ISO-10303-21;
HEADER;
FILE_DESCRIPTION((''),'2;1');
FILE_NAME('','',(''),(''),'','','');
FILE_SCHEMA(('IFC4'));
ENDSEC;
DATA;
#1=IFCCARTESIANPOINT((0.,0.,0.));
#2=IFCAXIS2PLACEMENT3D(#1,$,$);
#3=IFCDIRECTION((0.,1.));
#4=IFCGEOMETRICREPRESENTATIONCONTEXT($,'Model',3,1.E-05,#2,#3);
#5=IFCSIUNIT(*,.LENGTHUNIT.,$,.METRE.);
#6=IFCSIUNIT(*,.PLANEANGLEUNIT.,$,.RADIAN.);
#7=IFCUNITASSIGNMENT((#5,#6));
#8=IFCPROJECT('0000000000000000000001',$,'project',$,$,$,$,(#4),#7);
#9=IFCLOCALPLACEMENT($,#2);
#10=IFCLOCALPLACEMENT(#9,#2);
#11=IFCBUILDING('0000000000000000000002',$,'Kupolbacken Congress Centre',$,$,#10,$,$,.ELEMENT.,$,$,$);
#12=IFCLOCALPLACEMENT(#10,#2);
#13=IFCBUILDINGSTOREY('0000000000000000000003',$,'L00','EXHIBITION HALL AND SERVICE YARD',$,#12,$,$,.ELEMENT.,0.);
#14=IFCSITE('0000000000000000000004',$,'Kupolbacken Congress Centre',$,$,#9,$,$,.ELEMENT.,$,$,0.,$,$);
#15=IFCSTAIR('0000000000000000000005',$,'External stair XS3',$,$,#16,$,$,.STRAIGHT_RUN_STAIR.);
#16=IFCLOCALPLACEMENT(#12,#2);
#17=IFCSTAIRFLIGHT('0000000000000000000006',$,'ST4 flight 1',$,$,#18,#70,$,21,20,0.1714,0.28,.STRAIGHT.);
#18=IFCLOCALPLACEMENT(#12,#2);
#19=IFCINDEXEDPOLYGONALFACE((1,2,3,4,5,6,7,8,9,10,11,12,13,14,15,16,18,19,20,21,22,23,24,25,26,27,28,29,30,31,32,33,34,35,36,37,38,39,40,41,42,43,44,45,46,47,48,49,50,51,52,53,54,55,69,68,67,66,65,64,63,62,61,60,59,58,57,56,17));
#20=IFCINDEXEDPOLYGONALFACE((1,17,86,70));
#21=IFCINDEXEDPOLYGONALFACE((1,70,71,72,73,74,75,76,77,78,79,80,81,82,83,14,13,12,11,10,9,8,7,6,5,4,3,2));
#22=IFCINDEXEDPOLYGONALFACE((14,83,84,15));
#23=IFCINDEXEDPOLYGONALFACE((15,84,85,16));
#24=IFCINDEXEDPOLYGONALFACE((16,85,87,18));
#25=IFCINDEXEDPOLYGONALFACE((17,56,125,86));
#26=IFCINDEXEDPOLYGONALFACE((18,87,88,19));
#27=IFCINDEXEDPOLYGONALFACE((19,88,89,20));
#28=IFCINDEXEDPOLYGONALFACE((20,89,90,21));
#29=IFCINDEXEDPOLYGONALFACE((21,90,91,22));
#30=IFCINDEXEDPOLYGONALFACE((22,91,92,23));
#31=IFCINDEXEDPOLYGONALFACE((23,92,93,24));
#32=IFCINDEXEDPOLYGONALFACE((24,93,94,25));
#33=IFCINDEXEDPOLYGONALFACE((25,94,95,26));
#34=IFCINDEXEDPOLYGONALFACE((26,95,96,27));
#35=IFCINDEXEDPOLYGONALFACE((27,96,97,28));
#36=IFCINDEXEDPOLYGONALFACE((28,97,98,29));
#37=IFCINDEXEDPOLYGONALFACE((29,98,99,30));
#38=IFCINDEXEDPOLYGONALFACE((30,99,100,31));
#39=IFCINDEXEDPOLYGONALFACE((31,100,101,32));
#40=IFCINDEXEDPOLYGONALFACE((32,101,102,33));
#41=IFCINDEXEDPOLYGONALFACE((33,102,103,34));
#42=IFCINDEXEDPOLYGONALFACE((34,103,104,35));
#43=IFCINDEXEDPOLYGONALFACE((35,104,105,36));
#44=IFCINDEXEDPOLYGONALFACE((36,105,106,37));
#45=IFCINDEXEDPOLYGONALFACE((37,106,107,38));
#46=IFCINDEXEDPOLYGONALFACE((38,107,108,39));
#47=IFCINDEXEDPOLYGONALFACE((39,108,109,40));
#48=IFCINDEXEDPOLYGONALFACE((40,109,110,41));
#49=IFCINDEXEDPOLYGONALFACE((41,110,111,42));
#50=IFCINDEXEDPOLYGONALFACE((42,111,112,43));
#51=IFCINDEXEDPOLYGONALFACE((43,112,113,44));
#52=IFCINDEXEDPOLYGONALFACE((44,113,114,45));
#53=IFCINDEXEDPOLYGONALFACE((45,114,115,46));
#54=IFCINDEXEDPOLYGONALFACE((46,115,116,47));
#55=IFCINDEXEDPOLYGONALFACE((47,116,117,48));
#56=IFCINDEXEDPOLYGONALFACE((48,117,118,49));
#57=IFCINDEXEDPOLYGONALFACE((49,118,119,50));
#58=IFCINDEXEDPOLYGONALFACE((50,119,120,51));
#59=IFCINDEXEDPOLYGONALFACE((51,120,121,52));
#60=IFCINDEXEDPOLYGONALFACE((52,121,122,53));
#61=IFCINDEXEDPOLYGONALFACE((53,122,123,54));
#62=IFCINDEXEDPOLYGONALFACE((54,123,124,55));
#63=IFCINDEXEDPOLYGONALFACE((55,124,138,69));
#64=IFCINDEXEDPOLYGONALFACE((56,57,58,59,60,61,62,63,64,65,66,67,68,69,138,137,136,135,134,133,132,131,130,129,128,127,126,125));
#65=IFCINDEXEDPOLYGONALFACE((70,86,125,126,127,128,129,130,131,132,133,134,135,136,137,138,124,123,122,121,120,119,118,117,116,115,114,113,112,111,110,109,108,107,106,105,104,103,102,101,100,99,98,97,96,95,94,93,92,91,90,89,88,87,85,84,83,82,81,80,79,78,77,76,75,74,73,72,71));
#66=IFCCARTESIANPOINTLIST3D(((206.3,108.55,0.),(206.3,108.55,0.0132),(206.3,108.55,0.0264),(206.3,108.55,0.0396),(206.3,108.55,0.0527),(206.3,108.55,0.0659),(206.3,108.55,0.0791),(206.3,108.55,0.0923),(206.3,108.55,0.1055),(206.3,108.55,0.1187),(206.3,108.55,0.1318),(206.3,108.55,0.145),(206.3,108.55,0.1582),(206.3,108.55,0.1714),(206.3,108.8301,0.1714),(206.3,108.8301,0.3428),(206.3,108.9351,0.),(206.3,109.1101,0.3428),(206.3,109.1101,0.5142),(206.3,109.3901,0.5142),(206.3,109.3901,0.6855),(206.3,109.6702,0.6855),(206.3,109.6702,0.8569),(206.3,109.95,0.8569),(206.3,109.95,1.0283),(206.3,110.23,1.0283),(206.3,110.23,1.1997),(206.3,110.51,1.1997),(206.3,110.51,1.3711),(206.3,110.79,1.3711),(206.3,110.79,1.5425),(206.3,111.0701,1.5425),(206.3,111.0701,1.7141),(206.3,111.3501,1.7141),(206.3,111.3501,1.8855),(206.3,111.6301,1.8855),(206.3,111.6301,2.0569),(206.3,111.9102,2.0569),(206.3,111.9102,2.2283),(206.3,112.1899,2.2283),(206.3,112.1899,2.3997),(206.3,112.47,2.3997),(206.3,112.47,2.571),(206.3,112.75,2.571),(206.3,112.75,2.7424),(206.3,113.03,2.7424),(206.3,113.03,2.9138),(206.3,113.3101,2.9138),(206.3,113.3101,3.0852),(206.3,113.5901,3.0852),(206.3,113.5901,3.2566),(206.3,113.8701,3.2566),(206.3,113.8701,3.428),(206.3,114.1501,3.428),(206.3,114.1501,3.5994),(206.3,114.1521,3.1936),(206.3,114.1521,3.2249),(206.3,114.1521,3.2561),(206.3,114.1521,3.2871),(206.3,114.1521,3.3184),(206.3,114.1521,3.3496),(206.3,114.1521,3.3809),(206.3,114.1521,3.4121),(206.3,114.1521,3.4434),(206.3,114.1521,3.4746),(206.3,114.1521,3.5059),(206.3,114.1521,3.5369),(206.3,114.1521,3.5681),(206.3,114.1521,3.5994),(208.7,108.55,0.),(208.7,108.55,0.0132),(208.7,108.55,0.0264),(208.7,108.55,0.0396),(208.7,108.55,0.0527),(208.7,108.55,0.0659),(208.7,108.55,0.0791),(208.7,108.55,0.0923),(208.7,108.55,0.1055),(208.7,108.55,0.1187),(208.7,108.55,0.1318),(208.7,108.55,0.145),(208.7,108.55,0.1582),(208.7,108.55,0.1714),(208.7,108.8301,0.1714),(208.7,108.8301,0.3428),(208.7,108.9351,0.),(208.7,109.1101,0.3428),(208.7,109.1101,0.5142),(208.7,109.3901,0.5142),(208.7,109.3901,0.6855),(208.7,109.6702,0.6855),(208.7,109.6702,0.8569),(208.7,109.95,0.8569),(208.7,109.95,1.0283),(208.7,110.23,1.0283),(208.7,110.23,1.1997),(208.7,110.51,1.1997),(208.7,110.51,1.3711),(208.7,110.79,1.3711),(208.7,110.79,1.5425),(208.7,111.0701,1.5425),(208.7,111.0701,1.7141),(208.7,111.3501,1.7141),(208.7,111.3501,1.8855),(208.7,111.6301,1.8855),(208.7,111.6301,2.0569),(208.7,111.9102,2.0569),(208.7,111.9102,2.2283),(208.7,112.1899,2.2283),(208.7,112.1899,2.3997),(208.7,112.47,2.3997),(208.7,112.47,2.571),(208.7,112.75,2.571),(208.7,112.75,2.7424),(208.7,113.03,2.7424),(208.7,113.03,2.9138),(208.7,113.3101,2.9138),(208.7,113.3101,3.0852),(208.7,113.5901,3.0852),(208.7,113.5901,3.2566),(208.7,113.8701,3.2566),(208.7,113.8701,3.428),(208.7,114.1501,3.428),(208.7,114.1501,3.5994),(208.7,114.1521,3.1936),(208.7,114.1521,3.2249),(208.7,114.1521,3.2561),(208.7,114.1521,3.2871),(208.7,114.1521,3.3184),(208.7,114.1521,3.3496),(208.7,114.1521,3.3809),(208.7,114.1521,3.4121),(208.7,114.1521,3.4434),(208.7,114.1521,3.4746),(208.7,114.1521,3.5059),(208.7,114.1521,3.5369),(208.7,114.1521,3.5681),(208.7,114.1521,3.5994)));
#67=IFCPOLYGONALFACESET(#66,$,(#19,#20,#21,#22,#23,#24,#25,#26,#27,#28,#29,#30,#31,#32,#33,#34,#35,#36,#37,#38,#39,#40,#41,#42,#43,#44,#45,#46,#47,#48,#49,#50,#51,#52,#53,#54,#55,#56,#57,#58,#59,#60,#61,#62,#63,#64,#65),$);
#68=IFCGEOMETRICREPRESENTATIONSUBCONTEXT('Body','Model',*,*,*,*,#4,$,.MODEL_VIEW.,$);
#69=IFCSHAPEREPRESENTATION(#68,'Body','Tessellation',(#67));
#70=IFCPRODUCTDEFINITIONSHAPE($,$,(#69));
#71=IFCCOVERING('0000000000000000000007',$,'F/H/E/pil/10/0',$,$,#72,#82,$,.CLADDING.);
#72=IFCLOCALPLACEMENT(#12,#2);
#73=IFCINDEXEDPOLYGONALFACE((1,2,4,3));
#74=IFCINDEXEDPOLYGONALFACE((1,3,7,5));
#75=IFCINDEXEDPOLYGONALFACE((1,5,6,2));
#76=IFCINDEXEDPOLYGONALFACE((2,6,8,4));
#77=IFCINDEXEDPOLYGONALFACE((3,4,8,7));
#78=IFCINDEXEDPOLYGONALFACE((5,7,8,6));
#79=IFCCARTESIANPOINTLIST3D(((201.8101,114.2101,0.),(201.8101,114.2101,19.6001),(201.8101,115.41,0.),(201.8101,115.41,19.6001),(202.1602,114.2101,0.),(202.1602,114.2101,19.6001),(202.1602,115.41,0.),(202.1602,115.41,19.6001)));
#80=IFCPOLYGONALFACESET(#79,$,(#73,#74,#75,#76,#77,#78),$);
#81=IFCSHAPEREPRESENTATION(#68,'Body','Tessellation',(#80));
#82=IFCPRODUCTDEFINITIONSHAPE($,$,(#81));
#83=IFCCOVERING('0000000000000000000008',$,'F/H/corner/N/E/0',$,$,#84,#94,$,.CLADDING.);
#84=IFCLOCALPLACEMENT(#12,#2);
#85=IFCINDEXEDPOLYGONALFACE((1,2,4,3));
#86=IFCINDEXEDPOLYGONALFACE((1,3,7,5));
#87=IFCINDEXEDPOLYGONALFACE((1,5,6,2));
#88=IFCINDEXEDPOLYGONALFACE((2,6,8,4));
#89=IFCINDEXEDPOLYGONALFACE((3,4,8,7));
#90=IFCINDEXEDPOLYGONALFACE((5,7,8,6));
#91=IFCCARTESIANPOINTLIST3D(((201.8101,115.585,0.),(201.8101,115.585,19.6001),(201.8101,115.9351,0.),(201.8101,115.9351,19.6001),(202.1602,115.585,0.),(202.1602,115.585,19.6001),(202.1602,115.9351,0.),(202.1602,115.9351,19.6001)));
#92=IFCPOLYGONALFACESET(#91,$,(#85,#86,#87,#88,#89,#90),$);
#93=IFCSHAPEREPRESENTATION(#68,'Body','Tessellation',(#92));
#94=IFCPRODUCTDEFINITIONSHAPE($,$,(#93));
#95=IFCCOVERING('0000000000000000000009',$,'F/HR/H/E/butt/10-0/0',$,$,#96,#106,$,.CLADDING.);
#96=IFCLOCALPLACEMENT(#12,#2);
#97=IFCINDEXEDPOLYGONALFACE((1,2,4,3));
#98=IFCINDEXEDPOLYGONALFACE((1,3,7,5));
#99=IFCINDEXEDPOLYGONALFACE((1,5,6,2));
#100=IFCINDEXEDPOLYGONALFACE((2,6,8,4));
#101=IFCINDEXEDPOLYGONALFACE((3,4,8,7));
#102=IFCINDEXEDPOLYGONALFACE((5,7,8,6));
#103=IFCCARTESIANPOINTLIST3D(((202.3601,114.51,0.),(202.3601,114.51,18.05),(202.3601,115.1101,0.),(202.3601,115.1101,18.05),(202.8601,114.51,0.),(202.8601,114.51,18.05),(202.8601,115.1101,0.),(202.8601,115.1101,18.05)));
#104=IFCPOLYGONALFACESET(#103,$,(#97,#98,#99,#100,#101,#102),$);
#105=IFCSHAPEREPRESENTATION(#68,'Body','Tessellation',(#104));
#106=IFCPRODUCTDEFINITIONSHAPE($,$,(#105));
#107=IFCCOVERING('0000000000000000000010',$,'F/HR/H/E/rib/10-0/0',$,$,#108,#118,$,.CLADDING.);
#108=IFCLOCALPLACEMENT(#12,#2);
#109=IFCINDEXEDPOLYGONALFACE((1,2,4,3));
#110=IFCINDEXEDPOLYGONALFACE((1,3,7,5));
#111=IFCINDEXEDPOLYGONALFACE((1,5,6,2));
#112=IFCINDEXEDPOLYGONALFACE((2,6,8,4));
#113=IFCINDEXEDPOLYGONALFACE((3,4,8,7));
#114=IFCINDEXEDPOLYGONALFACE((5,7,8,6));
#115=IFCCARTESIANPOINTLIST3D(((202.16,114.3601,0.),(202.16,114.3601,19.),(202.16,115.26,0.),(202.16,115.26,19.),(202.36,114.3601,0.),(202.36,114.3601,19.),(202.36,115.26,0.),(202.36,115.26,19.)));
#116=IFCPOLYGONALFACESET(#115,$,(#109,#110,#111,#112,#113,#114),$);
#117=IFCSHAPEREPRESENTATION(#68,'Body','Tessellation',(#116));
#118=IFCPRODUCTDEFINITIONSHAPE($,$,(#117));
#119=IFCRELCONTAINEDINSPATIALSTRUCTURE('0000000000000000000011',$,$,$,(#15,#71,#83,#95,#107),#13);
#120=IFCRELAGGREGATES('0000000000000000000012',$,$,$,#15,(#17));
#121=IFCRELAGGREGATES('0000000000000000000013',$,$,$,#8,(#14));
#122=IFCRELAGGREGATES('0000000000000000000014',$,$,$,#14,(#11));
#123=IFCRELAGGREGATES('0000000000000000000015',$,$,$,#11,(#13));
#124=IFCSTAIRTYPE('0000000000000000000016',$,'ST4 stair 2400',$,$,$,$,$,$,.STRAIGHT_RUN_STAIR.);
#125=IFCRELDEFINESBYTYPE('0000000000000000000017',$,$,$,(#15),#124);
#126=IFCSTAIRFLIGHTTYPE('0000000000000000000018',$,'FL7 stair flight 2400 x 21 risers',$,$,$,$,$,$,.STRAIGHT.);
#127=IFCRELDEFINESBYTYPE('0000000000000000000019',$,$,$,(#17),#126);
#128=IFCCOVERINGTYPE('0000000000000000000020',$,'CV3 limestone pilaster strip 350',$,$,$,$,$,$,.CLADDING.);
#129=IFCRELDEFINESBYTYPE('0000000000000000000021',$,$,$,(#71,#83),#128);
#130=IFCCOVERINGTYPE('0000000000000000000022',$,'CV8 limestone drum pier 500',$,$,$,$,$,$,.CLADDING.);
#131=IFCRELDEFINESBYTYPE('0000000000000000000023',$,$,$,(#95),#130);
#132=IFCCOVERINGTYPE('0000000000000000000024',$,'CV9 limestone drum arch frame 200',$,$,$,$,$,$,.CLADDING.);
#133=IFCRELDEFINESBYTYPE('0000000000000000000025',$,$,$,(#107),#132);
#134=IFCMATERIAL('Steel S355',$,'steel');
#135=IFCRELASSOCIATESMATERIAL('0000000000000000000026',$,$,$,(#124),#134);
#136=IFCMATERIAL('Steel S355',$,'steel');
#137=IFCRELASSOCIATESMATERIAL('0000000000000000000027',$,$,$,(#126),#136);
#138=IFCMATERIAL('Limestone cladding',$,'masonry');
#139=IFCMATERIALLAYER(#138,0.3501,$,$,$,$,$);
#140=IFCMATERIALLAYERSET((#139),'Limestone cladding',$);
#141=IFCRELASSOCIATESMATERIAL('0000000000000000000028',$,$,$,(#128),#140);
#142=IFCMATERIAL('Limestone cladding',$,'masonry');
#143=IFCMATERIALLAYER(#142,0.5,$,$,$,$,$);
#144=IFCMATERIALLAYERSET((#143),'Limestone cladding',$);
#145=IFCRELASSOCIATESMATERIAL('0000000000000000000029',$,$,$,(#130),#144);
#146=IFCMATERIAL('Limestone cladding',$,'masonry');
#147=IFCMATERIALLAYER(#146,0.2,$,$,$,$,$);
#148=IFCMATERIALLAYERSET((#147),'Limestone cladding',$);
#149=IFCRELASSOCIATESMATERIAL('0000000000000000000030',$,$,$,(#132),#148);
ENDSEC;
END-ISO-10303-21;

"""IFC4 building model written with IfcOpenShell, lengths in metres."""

from ifc_helpers import new_model, si_unit, direction, frame, origin, origin_2d, place, context, subcontext, project, spatial, polyline, rectangle, outline, extrude, material, layer, layer_set, type_object, element, aggregate, save


model = new_model("IFC4")

# Units and contexts
model_context = context("Model", 3, precision=1e-05, world=origin(), true_north=direction((0.0, 1.0)))
body_context = subcontext(model_context, "Body", "Model", "MODEL_VIEW")
ifc_project = project(units=[si_unit("LENGTHUNIT", "METRE"), si_unit("PLANEANGLEUNIT", "RADIAN")], contexts=[model_context])

# Site, building, storey
site_placement = place(None, origin())
site = spatial("IfcSite", under=ifc_project, at=site_placement, Name="Kupolbacken Congress Centre", CompositionType="ELEMENT", RefElevation=0.0)
building_placement = place(site_placement, origin())
building = spatial("IfcBuilding", under=site, at=building_placement, Name="Kupolbacken Congress Centre", CompositionType="ELEMENT")
storey_placement = place(building_placement, origin())
storey = spatial("IfcBuildingStorey", under=building, at=storey_placement, Name="L00", Description="EXHIBITION HALL AND SERVICE YARD", CompositionType="ELEMENT", Elevation=0.0)

# Stair, stair flight
ifc_material_1 = material(Name="Steel S355", Category="steel")
stair_type = type_object("IfcStairType", Name="ST4 stair 2400", PredefinedType="STRAIGHT_RUN_STAIR", material=ifc_material_1)
stair_placement = place(storey_placement, origin())
stair = element("IfcStair", 1, at=stair_placement, inside=storey, type_object=stair_type, Name="External stair XS3", PredefinedType="STRAIGHT_RUN_STAIR")
ifc_material_2 = material(Name="Steel S355", Category="steel")
stair_flight_type = type_object("IfcStairFlightType", Name="FL7 stair flight 2400 x 21 risers", PredefinedType="STRAIGHT", material=ifc_material_2)
stair_flight_placement = place(storey_placement, frame((207.5, 108.55, 0.0), z_axis=(0.0, 0.0, 1.0), x_axis=(0.0, 1.0, 0.0)))
stair_flight = element("IfcStairFlight", 2, at=stair_flight_placement, type_object=stair_flight_type, Name="ST4 flight 1", NumberOfRisers=21, NumberOfTreads=20, PredefinedType="STRAIGHT", RiserHeight=0.1714, TreadLength=0.28, context=body_context, shape_type="SweptSolid", body=[
    extrude(outline(polyline([(0.0, 0.0), (0.0, 0.0132), (0.0, 0.0264), (0.0, 0.0396), (0.0, 0.0527), (0.0, 0.0659), (0.0, 0.0791), (0.0, 0.0923), (0.0, 0.1055), (0.0, 0.1187), (0.0, 0.1318), (0.0, 0.145), (0.0, 0.1582), (0.0, 0.1714), (0.28, 0.1714), (0.28, 0.3428), (0.5601, 0.3428), (0.5601, 0.5142), (0.8401, 0.5142), (0.8401, 0.6855), (1.1201, 0.6855), (1.1201, 0.8569), (1.3999, 0.8569), (1.3999, 1.0283), (1.6799, 1.0283), (1.6799, 1.1997), (1.96, 1.1997), (1.96, 1.3711), (2.24, 1.3711), (2.24, 1.5425), (2.52, 1.5425), (2.52, 1.7141), (2.8, 1.7141), (2.8, 1.8855), (3.0801, 1.8855), (3.0801, 2.0569), (3.3601, 2.0569), (3.3601, 2.2283), (3.6399, 2.2283), (3.6399, 2.3997), (3.9199, 2.3997), (3.9199, 2.571), (4.2, 2.571), (4.2, 2.7424), (4.48, 2.7424), (4.48, 2.9138), (4.76, 2.9138), (4.76, 3.0852), (5.04, 3.0852), (5.04, 3.2566), (5.3201, 3.2566), (5.3201, 3.428), (5.6001, 3.428), (5.6001, 3.5994), (5.6021, 3.5994), (5.6021, 3.5681), (5.6021, 3.5369), (5.6021, 3.5059), (5.6021, 3.4746), (5.6021, 3.4434), (5.6021, 3.4121), (5.6021, 3.3809), (5.6021, 3.3496), (5.6021, 3.3184), (5.6021, 3.2871), (5.6021, 3.2561), (5.6021, 3.2249), (5.6021, 3.1936), (0.385, 0.0), (0.0, 0.0)])), frame((0.0, 1.2, 0.0), z_axis=(0.0, -1.0, 0.0), x_axis=(1.0, 0.0, 0.0)), (0.0, 0.0, 1.0), 2.3999),
])
aggregate(stair, [stair_flight])

# Coverings
ifc_material_3 = material(Name="Limestone cladding", Category="masonry")
ifc_layer_1 = layer(ifc_material_3, 0.3501)
ifc_layer_set_1 = layer_set([ifc_layer_1], Name="Limestone cladding")
covering_type_1 = type_object("IfcCoveringType", Name="CV3 limestone pilaster strip 350", PredefinedType="CLADDING", material=ifc_layer_set_1)
covering_1_placement = place(storey_placement, frame((201.9851, 114.8101, 0.0), z_axis=(0.0, 0.0, 1.0), x_axis=(0.0, 1.0, 0.0)))
element("IfcCovering", 3, at=covering_1_placement, inside=storey, type_object=covering_type_1, Name="F/H/E/pil/10/0", PredefinedType="CLADDING", context=body_context, shape_type="SweptSolid", body=[
    extrude(rectangle(XDim=1.2, YDim=0.3501, at=origin_2d()), origin(), (0.0, 0.0, 1.0), 19.6001),
])
covering_2_placement = place(storey_placement, frame((201.9851, 115.76, 0.0), z_axis=(0.0, 0.0, 1.0), x_axis=(1.0, 0.0, 0.0)))
element("IfcCovering", 4, at=covering_2_placement, inside=storey, type_object=covering_type_1, Name="F/H/corner/N/E/0", PredefinedType="CLADDING", context=body_context, shape_type="SweptSolid", body=[
    extrude(rectangle(XDim=0.3501, YDim=0.3501, at=origin_2d()), origin(), (0.0, 0.0, 1.0), 19.6001),
])
ifc_material_4 = material(Name="Limestone cladding", Category="masonry")
ifc_layer_2 = layer(ifc_material_4, 0.5)
ifc_layer_set_2 = layer_set([ifc_layer_2], Name="Limestone cladding")
covering_type_2 = type_object("IfcCoveringType", Name="CV8 limestone drum pier 500", PredefinedType="CLADDING", material=ifc_layer_set_2)
covering_3_placement = place(storey_placement, frame((202.6101, 114.8101, 0.0), z_axis=(0.0, 0.0, 1.0), x_axis=(0.0, 1.0, 0.0)))
element("IfcCovering", 5, at=covering_3_placement, inside=storey, type_object=covering_type_2, Name="F/HR/H/E/butt/10-0/0", PredefinedType="CLADDING", context=body_context, shape_type="SweptSolid", body=[
    extrude(rectangle(XDim=0.6001, YDim=0.5, at=origin_2d()), origin(), (0.0, 0.0, 1.0), 18.05),
])
ifc_material_5 = material(Name="Limestone cladding", Category="masonry")
ifc_layer_3 = layer(ifc_material_5, 0.2)
ifc_layer_set_3 = layer_set([ifc_layer_3], Name="Limestone cladding")
covering_type_3 = type_object("IfcCoveringType", Name="CV9 limestone drum arch frame 200", PredefinedType="CLADDING", material=ifc_layer_set_3)
covering_4_placement = place(storey_placement, frame((202.26, 114.8101, 0.0), z_axis=(0.0, 0.0, 1.0), x_axis=(0.0, 1.0, 0.0)))
element("IfcCovering", 6, at=covering_4_placement, inside=storey, type_object=covering_type_3, Name="F/HR/H/E/rib/10-0/0", PredefinedType="CLADDING", context=body_context, shape_type="SweptSolid", body=[
    extrude(rectangle(XDim=0.8999, YDim=0.2, at=origin_2d()), origin(), (0.0, 0.0, 1.0), 19.0),
])

save(model, "model.ifc")
